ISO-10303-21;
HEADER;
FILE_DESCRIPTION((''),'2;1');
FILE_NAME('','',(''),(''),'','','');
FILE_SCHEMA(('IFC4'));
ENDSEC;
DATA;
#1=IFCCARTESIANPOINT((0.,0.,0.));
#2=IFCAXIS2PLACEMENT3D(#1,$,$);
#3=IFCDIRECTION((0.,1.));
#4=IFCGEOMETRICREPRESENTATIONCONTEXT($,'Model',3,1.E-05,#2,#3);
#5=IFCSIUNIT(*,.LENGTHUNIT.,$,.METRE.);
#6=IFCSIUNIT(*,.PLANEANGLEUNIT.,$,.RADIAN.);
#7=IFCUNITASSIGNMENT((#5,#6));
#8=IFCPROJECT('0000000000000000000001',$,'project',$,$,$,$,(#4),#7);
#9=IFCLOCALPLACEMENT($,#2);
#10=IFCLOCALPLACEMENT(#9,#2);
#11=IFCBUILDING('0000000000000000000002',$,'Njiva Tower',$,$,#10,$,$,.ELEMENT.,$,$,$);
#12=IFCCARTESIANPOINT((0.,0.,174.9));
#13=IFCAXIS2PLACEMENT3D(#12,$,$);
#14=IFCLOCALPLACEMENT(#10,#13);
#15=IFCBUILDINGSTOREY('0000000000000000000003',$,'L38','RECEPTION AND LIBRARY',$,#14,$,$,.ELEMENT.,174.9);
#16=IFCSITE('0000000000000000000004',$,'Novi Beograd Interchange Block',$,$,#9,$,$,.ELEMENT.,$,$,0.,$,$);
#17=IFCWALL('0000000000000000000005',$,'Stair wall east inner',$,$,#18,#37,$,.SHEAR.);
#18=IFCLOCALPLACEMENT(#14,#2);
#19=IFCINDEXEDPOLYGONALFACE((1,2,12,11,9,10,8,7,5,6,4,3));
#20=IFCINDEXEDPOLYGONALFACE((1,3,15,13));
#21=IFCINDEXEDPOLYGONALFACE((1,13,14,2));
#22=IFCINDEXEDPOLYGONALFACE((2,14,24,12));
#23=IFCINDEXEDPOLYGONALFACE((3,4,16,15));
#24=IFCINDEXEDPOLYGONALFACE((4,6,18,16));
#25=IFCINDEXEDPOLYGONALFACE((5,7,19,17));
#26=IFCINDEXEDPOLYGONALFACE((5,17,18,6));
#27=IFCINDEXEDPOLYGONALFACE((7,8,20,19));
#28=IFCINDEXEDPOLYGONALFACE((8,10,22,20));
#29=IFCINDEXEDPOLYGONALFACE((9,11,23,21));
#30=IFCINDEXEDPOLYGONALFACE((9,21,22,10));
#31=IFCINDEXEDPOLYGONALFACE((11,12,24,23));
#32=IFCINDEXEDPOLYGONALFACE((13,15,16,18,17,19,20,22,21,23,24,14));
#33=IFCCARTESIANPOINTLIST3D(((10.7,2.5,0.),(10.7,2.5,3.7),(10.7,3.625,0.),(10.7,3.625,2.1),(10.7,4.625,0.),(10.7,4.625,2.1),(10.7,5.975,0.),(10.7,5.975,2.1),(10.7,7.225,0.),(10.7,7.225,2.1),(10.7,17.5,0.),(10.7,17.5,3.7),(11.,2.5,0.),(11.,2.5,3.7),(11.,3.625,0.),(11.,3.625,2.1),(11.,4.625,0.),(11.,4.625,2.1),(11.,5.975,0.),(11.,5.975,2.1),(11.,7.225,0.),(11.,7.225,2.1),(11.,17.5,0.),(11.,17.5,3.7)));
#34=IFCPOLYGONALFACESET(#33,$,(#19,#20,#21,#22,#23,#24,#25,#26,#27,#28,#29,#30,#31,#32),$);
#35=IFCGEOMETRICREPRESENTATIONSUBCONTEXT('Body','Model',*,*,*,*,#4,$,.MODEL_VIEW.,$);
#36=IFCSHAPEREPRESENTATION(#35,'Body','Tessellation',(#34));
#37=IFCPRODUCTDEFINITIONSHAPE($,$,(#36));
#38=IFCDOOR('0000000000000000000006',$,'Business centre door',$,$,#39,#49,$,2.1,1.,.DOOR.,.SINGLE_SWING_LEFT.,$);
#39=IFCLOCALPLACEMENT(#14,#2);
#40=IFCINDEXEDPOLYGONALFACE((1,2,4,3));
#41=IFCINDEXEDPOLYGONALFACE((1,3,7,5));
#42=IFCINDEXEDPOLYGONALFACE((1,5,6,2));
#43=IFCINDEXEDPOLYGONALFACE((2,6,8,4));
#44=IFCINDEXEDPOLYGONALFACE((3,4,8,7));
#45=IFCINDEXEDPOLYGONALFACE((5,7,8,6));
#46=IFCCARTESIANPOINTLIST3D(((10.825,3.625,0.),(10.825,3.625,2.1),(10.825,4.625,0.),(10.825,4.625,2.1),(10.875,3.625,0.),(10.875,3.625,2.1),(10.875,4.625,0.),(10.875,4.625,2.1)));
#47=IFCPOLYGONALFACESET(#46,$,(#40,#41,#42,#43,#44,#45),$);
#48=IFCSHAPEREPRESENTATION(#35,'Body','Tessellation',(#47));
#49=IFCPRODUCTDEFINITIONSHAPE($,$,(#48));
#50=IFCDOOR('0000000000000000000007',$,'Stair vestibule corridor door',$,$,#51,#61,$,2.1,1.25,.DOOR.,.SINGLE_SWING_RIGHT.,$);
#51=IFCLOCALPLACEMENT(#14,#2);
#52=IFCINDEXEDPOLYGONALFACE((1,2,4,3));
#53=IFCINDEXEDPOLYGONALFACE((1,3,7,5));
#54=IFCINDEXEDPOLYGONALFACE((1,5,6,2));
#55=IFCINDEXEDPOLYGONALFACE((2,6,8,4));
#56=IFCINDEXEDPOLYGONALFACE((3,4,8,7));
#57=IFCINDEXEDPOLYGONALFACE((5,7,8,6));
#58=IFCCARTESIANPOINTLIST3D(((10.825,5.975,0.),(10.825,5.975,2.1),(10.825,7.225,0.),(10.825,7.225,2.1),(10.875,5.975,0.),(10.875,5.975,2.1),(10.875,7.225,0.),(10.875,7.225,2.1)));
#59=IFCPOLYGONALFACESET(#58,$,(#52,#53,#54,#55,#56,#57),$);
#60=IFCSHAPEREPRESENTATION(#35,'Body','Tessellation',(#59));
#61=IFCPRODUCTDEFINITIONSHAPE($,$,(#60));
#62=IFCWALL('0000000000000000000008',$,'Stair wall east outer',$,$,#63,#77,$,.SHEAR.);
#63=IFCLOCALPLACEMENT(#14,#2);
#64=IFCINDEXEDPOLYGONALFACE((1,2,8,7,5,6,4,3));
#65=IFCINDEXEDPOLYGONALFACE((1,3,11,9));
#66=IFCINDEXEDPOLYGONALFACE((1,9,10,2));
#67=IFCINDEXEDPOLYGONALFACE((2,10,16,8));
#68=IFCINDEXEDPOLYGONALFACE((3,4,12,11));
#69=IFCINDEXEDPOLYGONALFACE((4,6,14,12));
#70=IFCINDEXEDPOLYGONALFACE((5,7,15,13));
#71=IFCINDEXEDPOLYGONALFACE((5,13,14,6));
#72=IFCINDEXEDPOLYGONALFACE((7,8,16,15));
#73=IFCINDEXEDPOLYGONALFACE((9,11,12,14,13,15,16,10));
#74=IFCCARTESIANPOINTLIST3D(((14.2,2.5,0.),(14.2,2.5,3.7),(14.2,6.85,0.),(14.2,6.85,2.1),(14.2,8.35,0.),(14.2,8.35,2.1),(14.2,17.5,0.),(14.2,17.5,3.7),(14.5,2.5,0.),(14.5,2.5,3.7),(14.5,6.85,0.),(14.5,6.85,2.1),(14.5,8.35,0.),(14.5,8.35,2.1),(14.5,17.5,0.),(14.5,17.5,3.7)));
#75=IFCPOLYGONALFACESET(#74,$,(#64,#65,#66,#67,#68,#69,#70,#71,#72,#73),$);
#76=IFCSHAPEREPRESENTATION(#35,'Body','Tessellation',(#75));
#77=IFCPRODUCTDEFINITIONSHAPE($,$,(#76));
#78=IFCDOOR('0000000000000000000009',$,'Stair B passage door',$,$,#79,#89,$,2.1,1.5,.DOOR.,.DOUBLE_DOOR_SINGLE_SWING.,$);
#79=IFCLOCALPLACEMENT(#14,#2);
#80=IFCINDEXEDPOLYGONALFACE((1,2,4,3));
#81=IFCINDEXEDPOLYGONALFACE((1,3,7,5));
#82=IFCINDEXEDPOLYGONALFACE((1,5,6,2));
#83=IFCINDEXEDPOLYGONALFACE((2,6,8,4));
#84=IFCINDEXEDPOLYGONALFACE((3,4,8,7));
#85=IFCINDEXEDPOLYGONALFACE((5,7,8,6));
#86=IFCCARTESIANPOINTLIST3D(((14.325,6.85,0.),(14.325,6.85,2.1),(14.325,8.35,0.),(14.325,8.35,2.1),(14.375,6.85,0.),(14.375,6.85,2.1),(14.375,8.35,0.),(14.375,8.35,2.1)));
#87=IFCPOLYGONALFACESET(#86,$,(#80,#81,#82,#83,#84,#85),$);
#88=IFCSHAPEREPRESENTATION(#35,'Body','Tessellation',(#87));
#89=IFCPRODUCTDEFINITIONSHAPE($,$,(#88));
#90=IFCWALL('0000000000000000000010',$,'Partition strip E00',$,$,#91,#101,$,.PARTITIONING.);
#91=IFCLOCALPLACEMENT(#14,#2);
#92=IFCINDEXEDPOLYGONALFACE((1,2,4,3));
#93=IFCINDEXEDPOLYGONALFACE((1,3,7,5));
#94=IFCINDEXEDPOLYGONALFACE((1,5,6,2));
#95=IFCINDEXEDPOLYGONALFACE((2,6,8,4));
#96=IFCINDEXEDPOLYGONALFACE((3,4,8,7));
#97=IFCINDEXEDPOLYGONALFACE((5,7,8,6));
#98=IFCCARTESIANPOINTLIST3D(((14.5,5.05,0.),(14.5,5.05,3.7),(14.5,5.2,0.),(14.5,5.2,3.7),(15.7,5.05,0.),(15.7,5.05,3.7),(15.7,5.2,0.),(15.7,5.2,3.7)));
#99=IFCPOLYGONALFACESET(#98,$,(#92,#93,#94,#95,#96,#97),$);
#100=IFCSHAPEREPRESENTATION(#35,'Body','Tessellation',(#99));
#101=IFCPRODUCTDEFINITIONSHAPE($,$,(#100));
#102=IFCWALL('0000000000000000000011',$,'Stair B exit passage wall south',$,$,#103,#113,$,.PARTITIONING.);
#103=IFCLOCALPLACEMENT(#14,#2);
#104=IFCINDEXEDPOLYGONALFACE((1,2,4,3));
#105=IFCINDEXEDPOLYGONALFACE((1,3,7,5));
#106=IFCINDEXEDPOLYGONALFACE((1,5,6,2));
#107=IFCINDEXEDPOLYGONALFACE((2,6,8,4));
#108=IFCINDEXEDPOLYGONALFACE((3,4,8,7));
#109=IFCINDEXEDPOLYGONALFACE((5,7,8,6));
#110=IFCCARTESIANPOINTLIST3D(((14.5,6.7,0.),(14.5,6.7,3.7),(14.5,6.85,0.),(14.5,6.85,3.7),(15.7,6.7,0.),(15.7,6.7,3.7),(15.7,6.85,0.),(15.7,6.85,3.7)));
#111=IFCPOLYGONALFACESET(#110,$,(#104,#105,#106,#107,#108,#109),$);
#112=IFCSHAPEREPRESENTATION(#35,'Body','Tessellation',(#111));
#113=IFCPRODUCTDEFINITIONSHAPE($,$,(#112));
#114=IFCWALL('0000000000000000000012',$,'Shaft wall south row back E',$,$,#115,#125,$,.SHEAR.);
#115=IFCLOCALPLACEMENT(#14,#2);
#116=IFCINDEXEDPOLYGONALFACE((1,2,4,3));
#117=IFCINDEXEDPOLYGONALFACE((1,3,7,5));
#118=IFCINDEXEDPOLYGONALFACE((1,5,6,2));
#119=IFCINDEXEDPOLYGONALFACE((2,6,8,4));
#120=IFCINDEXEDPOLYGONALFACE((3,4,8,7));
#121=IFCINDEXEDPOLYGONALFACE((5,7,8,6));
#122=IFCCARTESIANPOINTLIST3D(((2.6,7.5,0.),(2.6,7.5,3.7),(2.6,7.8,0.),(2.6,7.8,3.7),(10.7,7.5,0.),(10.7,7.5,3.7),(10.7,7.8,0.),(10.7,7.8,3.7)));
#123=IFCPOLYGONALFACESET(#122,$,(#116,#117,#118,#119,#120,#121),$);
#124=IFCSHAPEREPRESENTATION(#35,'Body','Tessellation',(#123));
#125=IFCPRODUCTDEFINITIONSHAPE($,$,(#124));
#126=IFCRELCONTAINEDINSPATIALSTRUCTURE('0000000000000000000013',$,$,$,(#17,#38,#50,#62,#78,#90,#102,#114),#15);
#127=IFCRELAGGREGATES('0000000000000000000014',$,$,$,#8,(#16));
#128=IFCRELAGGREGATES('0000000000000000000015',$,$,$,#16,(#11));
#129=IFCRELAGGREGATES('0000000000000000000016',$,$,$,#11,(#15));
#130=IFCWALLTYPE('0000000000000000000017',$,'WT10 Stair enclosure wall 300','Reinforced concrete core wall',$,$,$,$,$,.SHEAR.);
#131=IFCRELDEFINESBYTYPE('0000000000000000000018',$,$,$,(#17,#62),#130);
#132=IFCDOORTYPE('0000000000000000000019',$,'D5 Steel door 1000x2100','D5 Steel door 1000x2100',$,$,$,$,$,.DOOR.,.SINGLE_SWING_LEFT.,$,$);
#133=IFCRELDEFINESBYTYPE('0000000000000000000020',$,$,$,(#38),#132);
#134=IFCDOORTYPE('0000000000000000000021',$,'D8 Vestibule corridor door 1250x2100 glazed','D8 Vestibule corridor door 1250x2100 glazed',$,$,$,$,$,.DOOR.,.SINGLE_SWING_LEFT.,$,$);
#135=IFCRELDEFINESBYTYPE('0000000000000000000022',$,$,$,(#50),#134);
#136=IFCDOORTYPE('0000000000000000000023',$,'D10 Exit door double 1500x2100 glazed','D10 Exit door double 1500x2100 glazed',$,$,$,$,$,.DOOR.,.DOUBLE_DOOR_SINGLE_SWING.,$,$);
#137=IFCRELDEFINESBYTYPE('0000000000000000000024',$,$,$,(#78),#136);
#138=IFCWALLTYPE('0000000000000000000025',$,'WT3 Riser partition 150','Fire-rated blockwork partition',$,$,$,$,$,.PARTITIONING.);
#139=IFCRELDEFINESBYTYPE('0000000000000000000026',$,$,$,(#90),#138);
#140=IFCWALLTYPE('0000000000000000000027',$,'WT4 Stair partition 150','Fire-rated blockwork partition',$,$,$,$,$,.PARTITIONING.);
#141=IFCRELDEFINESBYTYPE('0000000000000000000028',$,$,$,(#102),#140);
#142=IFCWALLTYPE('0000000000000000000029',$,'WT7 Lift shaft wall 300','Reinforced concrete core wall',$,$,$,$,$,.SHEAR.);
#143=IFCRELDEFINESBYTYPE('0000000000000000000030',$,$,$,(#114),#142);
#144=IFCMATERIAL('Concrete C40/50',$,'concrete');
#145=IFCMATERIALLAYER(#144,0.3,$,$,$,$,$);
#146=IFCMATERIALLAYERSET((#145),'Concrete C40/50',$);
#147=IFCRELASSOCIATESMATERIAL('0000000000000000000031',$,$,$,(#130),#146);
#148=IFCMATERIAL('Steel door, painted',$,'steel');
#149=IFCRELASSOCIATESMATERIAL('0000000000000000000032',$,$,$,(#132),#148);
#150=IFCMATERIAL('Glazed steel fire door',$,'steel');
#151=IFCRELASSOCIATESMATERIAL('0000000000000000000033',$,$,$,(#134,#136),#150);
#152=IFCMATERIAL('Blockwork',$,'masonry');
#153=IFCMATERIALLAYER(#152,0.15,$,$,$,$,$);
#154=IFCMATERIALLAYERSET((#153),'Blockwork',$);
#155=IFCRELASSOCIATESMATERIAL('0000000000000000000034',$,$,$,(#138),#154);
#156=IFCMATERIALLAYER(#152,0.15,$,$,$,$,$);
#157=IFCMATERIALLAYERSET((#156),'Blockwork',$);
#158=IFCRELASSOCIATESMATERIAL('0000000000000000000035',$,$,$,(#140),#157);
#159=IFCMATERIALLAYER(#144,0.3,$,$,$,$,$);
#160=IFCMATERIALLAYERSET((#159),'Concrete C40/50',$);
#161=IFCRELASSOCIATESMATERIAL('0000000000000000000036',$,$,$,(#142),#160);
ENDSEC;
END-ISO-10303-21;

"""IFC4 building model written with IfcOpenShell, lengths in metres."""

from ifc_helpers import new_model, si_unit, direction, frame, frame_2d, origin, place, context, subcontext, project, spatial, rectangle, extrude, material, layer, layer_set, type_object, element, fill, save


model = new_model("IFC4")

# Units and contexts
model_context = context("Model", 3, precision=1e-05, world=origin(), true_north=direction((0.0, 1.0)))
body_context = subcontext(model_context, "Body", "Model", "MODEL_VIEW")
ifc_project = project(units=[si_unit("LENGTHUNIT", "METRE"), si_unit("PLANEANGLEUNIT", "RADIAN")], contexts=[model_context])

# Site, building, storey
site_placement = place(None, origin())
site = spatial("IfcSite", under=ifc_project, at=site_placement, Name="Novi Beograd Interchange Block", CompositionType="ELEMENT", RefElevation=0.0)
building_placement = place(site_placement, origin())
building = spatial("IfcBuilding", under=site, at=building_placement, Name="Njiva Tower", CompositionType="ELEMENT")
storey_placement = place(building_placement, frame((0.0, 0.0, 174.9)))
storey = spatial("IfcBuildingStorey", under=building, at=storey_placement, Name="L38", Description="RECEPTION AND LIBRARY", CompositionType="ELEMENT", Elevation=174.9)

# Shared definitions
ifc_material_1 = material(Name="Blockwork", Category="masonry")

# Wall, openings, doors
ifc_material_2 = material(Name="Concrete C40/50", Category="concrete")
ifc_layer_1 = layer(ifc_material_2, 0.3)
ifc_layer_set_1 = layer_set([ifc_layer_1], Name="Concrete C40/50")
wall_type_1 = type_object("IfcWallType", Name="WT10 Stair enclosure wall 300", Description="Reinforced concrete core wall", PredefinedType="SHEAR", material=ifc_layer_set_1)
wall_1_placement = place(storey_placement, frame((10.85, 2.5, 0.0), z_axis=(0.0, 0.0, 1.0), x_axis=(0.0, 1.0, 0.0)))
wall_1 = element("IfcWall", 1, at=wall_1_placement, inside=storey, type_object=wall_type_1, Name="Stair wall east inner", PredefinedType="SHEAR", context=body_context, shape_type="SweptSolid", body=[
    extrude(rectangle(XDim=15.0, YDim=0.3, at=frame_2d((7.5, 0.0))), origin(), (0.0, 0.0, 1.0), 3.7),
])
opening_1_placement = place(wall_1_placement, frame((3.475, 0.0, 0.0)))
opening_1 = element("IfcOpeningElement", 2, at=opening_1_placement, cuts=wall_1, PredefinedType="OPENING", context=body_context, shape_type="SweptSolid", body=[
    extrude(rectangle(XDim=1.25, YDim=2.1, at=frame_2d((0.625, 1.05))), frame((0.0, 0.16, 0.0), z_axis=(0.0, -1.0, 0.0), x_axis=(1.0, 0.0, 0.0)), (0.0, 0.0, 1.0), 0.32),
])
opening_2_placement = place(wall_1_placement, frame((1.125, 0.0, 0.0)))
opening_2 = element("IfcOpeningElement", 3, at=opening_2_placement, cuts=wall_1, PredefinedType="OPENING", context=body_context, shape_type="SweptSolid", body=[
    extrude(rectangle(XDim=1.0, YDim=2.1, at=frame_2d((0.5, 1.05))), frame((0.0, 0.16, 0.0), z_axis=(0.0, -1.0, 0.0), x_axis=(1.0, 0.0, 0.0)), (0.0, 0.0, 1.0), 0.32),
])
ifc_material_3 = material(Name="Steel door, painted", Category="steel")
door_type_1 = type_object("IfcDoorType", Name="D5 Steel door 1000x2100", Description="D5 Steel door 1000x2100", OperationType="SINGLE_SWING_LEFT", PredefinedType="DOOR", material=ifc_material_3)
door_1_placement = place(opening_2_placement, origin())
door_1 = element("IfcDoor", 4, at=door_1_placement, inside=storey, type_object=door_type_1, Name="Business centre door", OperationType="SINGLE_SWING_LEFT", OverallHeight=2.1, OverallWidth=1.0, PredefinedType="DOOR", context=body_context, shape_type="SweptSolid", body=[
    extrude(rectangle(XDim=1.0, YDim=2.1, at=frame_2d((0.5, 1.05))), frame((0.0, 0.025, 0.0), z_axis=(0.0, -1.0, 0.0), x_axis=(1.0, 0.0, 0.0)), (0.0, 0.0, 1.0), 0.05),
])
fill(opening_2, door_1)
ifc_material_4 = material(Name="Glazed steel fire door", Category="steel")
door_type_2 = type_object("IfcDoorType", Name="D8 Vestibule corridor door 1250x2100 glazed", Description="D8 Vestibule corridor door 1250x2100 glazed", OperationType="SINGLE_SWING_LEFT", PredefinedType="DOOR", material=ifc_material_4)
door_2_placement = place(opening_1_placement, origin())
door_2 = element("IfcDoor", 5, at=door_2_placement, inside=storey, type_object=door_type_2, Name="Stair vestibule corridor door", OperationType="SINGLE_SWING_RIGHT", OverallHeight=2.1, OverallWidth=1.25, PredefinedType="DOOR", context=body_context, shape_type="SweptSolid", body=[
    extrude(rectangle(XDim=1.25, YDim=2.1, at=frame_2d((0.625, 1.05))), frame((0.0, 0.025, 0.0), z_axis=(0.0, -1.0, 0.0), x_axis=(1.0, 0.0, 0.0)), (0.0, 0.0, 1.0), 0.05),
])
fill(opening_1, door_2)

# Wall, opening, door
wall_2_placement = place(storey_placement, frame((14.35, 2.5, 0.0), z_axis=(0.0, 0.0, 1.0), x_axis=(0.0, 1.0, 0.0)))
wall_2 = element("IfcWall", 6, at=wall_2_placement, inside=storey, type_object=wall_type_1, Name="Stair wall east outer", PredefinedType="SHEAR", context=body_context, shape_type="SweptSolid", body=[
    extrude(rectangle(XDim=15.0, YDim=0.3, at=frame_2d((7.5, 0.0))), origin(), (0.0, 0.0, 1.0), 3.7),
])
opening_3_placement = place(wall_2_placement, frame((4.35, 0.0, 0.0)))
opening_3 = element("IfcOpeningElement", 7, at=opening_3_placement, cuts=wall_2, PredefinedType="OPENING", context=body_context, shape_type="SweptSolid", body=[
    extrude(rectangle(XDim=1.5, YDim=2.1, at=frame_2d((0.75, 1.05))), frame((0.0, 0.16, 0.0), z_axis=(0.0, -1.0, 0.0), x_axis=(1.0, 0.0, 0.0)), (0.0, 0.0, 1.0), 0.32),
])
door_type_3 = type_object("IfcDoorType", Name="D10 Exit door double 1500x2100 glazed", Description="D10 Exit door double 1500x2100 glazed", OperationType="DOUBLE_DOOR_SINGLE_SWING", PredefinedType="DOOR", material=ifc_material_4)
door_3_placement = place(opening_3_placement, origin())
door_3 = element("IfcDoor", 8, at=door_3_placement, inside=storey, type_object=door_type_3, Name="Stair B passage door", OperationType="DOUBLE_DOOR_SINGLE_SWING", OverallHeight=2.1, OverallWidth=1.5, PredefinedType="DOOR", context=body_context, shape_type="SweptSolid", body=[
    extrude(rectangle(XDim=1.5, YDim=2.1, at=frame_2d((0.75, 1.05))), frame((0.0, 0.025, 0.0), z_axis=(0.0, -1.0, 0.0), x_axis=(1.0, 0.0, 0.0)), (0.0, 0.0, 1.0), 0.05),
])
fill(opening_3, door_3)

# Walls
ifc_layer_2 = layer(ifc_material_1, 0.15)
ifc_layer_set_2 = layer_set([ifc_layer_2], Name="Blockwork")
wall_type_2 = type_object("IfcWallType", Name="WT3 Riser partition 150", Description="Fire-rated blockwork partition", PredefinedType="PARTITIONING", material=ifc_layer_set_2)
wall_3_placement = place(storey_placement, frame((14.5, 5.125, 0.0), z_axis=(0.0, 0.0, 1.0), x_axis=(1.0, 0.0, 0.0)))
element("IfcWall", 9, at=wall_3_placement, inside=storey, type_object=wall_type_2, Name="Partition strip E00", PredefinedType="PARTITIONING", context=body_context, shape_type="SweptSolid", body=[
    extrude(rectangle(XDim=1.2, YDim=0.15, at=frame_2d((0.6, 0.0))), origin(), (0.0, 0.0, 1.0), 3.7),
])
ifc_layer_3 = layer(ifc_material_1, 0.15)
ifc_layer_set_3 = layer_set([ifc_layer_3], Name="Blockwork")
wall_type_3 = type_object("IfcWallType", Name="WT4 Stair partition 150", Description="Fire-rated blockwork partition", PredefinedType="PARTITIONING", material=ifc_layer_set_3)
wall_4_placement = place(storey_placement, frame((14.5, 6.775, 0.0), z_axis=(0.0, 0.0, 1.0), x_axis=(1.0, 0.0, 0.0)))
element("IfcWall", 10, at=wall_4_placement, inside=storey, type_object=wall_type_3, Name="Stair B exit passage wall south", PredefinedType="PARTITIONING", context=body_context, shape_type="SweptSolid", body=[
    extrude(rectangle(XDim=1.2, YDim=0.15, at=frame_2d((0.6, 0.0))), origin(), (0.0, 0.0, 1.0), 3.7),
])
ifc_layer_4 = layer(ifc_material_2, 0.3)
ifc_layer_set_4 = layer_set([ifc_layer_4], Name="Concrete C40/50")
wall_type_4 = type_object("IfcWallType", Name="WT7 Lift shaft wall 300", Description="Reinforced concrete core wall", PredefinedType="SHEAR", material=ifc_layer_set_4)
wall_5_placement = place(storey_placement, frame((2.6, 7.65, 0.0), z_axis=(0.0, 0.0, 1.0), x_axis=(1.0, 0.0, 0.0)))
element("IfcWall", 11, at=wall_5_placement, inside=storey, type_object=wall_type_4, Name="Shaft wall south row back E", PredefinedType="SHEAR", context=body_context, shape_type="SweptSolid", body=[
    extrude(rectangle(XDim=8.1, YDim=0.3, at=frame_2d((4.05, 0.0))), origin(), (0.0, 0.0, 1.0), 3.7),
])

save(model, "model.ifc")
